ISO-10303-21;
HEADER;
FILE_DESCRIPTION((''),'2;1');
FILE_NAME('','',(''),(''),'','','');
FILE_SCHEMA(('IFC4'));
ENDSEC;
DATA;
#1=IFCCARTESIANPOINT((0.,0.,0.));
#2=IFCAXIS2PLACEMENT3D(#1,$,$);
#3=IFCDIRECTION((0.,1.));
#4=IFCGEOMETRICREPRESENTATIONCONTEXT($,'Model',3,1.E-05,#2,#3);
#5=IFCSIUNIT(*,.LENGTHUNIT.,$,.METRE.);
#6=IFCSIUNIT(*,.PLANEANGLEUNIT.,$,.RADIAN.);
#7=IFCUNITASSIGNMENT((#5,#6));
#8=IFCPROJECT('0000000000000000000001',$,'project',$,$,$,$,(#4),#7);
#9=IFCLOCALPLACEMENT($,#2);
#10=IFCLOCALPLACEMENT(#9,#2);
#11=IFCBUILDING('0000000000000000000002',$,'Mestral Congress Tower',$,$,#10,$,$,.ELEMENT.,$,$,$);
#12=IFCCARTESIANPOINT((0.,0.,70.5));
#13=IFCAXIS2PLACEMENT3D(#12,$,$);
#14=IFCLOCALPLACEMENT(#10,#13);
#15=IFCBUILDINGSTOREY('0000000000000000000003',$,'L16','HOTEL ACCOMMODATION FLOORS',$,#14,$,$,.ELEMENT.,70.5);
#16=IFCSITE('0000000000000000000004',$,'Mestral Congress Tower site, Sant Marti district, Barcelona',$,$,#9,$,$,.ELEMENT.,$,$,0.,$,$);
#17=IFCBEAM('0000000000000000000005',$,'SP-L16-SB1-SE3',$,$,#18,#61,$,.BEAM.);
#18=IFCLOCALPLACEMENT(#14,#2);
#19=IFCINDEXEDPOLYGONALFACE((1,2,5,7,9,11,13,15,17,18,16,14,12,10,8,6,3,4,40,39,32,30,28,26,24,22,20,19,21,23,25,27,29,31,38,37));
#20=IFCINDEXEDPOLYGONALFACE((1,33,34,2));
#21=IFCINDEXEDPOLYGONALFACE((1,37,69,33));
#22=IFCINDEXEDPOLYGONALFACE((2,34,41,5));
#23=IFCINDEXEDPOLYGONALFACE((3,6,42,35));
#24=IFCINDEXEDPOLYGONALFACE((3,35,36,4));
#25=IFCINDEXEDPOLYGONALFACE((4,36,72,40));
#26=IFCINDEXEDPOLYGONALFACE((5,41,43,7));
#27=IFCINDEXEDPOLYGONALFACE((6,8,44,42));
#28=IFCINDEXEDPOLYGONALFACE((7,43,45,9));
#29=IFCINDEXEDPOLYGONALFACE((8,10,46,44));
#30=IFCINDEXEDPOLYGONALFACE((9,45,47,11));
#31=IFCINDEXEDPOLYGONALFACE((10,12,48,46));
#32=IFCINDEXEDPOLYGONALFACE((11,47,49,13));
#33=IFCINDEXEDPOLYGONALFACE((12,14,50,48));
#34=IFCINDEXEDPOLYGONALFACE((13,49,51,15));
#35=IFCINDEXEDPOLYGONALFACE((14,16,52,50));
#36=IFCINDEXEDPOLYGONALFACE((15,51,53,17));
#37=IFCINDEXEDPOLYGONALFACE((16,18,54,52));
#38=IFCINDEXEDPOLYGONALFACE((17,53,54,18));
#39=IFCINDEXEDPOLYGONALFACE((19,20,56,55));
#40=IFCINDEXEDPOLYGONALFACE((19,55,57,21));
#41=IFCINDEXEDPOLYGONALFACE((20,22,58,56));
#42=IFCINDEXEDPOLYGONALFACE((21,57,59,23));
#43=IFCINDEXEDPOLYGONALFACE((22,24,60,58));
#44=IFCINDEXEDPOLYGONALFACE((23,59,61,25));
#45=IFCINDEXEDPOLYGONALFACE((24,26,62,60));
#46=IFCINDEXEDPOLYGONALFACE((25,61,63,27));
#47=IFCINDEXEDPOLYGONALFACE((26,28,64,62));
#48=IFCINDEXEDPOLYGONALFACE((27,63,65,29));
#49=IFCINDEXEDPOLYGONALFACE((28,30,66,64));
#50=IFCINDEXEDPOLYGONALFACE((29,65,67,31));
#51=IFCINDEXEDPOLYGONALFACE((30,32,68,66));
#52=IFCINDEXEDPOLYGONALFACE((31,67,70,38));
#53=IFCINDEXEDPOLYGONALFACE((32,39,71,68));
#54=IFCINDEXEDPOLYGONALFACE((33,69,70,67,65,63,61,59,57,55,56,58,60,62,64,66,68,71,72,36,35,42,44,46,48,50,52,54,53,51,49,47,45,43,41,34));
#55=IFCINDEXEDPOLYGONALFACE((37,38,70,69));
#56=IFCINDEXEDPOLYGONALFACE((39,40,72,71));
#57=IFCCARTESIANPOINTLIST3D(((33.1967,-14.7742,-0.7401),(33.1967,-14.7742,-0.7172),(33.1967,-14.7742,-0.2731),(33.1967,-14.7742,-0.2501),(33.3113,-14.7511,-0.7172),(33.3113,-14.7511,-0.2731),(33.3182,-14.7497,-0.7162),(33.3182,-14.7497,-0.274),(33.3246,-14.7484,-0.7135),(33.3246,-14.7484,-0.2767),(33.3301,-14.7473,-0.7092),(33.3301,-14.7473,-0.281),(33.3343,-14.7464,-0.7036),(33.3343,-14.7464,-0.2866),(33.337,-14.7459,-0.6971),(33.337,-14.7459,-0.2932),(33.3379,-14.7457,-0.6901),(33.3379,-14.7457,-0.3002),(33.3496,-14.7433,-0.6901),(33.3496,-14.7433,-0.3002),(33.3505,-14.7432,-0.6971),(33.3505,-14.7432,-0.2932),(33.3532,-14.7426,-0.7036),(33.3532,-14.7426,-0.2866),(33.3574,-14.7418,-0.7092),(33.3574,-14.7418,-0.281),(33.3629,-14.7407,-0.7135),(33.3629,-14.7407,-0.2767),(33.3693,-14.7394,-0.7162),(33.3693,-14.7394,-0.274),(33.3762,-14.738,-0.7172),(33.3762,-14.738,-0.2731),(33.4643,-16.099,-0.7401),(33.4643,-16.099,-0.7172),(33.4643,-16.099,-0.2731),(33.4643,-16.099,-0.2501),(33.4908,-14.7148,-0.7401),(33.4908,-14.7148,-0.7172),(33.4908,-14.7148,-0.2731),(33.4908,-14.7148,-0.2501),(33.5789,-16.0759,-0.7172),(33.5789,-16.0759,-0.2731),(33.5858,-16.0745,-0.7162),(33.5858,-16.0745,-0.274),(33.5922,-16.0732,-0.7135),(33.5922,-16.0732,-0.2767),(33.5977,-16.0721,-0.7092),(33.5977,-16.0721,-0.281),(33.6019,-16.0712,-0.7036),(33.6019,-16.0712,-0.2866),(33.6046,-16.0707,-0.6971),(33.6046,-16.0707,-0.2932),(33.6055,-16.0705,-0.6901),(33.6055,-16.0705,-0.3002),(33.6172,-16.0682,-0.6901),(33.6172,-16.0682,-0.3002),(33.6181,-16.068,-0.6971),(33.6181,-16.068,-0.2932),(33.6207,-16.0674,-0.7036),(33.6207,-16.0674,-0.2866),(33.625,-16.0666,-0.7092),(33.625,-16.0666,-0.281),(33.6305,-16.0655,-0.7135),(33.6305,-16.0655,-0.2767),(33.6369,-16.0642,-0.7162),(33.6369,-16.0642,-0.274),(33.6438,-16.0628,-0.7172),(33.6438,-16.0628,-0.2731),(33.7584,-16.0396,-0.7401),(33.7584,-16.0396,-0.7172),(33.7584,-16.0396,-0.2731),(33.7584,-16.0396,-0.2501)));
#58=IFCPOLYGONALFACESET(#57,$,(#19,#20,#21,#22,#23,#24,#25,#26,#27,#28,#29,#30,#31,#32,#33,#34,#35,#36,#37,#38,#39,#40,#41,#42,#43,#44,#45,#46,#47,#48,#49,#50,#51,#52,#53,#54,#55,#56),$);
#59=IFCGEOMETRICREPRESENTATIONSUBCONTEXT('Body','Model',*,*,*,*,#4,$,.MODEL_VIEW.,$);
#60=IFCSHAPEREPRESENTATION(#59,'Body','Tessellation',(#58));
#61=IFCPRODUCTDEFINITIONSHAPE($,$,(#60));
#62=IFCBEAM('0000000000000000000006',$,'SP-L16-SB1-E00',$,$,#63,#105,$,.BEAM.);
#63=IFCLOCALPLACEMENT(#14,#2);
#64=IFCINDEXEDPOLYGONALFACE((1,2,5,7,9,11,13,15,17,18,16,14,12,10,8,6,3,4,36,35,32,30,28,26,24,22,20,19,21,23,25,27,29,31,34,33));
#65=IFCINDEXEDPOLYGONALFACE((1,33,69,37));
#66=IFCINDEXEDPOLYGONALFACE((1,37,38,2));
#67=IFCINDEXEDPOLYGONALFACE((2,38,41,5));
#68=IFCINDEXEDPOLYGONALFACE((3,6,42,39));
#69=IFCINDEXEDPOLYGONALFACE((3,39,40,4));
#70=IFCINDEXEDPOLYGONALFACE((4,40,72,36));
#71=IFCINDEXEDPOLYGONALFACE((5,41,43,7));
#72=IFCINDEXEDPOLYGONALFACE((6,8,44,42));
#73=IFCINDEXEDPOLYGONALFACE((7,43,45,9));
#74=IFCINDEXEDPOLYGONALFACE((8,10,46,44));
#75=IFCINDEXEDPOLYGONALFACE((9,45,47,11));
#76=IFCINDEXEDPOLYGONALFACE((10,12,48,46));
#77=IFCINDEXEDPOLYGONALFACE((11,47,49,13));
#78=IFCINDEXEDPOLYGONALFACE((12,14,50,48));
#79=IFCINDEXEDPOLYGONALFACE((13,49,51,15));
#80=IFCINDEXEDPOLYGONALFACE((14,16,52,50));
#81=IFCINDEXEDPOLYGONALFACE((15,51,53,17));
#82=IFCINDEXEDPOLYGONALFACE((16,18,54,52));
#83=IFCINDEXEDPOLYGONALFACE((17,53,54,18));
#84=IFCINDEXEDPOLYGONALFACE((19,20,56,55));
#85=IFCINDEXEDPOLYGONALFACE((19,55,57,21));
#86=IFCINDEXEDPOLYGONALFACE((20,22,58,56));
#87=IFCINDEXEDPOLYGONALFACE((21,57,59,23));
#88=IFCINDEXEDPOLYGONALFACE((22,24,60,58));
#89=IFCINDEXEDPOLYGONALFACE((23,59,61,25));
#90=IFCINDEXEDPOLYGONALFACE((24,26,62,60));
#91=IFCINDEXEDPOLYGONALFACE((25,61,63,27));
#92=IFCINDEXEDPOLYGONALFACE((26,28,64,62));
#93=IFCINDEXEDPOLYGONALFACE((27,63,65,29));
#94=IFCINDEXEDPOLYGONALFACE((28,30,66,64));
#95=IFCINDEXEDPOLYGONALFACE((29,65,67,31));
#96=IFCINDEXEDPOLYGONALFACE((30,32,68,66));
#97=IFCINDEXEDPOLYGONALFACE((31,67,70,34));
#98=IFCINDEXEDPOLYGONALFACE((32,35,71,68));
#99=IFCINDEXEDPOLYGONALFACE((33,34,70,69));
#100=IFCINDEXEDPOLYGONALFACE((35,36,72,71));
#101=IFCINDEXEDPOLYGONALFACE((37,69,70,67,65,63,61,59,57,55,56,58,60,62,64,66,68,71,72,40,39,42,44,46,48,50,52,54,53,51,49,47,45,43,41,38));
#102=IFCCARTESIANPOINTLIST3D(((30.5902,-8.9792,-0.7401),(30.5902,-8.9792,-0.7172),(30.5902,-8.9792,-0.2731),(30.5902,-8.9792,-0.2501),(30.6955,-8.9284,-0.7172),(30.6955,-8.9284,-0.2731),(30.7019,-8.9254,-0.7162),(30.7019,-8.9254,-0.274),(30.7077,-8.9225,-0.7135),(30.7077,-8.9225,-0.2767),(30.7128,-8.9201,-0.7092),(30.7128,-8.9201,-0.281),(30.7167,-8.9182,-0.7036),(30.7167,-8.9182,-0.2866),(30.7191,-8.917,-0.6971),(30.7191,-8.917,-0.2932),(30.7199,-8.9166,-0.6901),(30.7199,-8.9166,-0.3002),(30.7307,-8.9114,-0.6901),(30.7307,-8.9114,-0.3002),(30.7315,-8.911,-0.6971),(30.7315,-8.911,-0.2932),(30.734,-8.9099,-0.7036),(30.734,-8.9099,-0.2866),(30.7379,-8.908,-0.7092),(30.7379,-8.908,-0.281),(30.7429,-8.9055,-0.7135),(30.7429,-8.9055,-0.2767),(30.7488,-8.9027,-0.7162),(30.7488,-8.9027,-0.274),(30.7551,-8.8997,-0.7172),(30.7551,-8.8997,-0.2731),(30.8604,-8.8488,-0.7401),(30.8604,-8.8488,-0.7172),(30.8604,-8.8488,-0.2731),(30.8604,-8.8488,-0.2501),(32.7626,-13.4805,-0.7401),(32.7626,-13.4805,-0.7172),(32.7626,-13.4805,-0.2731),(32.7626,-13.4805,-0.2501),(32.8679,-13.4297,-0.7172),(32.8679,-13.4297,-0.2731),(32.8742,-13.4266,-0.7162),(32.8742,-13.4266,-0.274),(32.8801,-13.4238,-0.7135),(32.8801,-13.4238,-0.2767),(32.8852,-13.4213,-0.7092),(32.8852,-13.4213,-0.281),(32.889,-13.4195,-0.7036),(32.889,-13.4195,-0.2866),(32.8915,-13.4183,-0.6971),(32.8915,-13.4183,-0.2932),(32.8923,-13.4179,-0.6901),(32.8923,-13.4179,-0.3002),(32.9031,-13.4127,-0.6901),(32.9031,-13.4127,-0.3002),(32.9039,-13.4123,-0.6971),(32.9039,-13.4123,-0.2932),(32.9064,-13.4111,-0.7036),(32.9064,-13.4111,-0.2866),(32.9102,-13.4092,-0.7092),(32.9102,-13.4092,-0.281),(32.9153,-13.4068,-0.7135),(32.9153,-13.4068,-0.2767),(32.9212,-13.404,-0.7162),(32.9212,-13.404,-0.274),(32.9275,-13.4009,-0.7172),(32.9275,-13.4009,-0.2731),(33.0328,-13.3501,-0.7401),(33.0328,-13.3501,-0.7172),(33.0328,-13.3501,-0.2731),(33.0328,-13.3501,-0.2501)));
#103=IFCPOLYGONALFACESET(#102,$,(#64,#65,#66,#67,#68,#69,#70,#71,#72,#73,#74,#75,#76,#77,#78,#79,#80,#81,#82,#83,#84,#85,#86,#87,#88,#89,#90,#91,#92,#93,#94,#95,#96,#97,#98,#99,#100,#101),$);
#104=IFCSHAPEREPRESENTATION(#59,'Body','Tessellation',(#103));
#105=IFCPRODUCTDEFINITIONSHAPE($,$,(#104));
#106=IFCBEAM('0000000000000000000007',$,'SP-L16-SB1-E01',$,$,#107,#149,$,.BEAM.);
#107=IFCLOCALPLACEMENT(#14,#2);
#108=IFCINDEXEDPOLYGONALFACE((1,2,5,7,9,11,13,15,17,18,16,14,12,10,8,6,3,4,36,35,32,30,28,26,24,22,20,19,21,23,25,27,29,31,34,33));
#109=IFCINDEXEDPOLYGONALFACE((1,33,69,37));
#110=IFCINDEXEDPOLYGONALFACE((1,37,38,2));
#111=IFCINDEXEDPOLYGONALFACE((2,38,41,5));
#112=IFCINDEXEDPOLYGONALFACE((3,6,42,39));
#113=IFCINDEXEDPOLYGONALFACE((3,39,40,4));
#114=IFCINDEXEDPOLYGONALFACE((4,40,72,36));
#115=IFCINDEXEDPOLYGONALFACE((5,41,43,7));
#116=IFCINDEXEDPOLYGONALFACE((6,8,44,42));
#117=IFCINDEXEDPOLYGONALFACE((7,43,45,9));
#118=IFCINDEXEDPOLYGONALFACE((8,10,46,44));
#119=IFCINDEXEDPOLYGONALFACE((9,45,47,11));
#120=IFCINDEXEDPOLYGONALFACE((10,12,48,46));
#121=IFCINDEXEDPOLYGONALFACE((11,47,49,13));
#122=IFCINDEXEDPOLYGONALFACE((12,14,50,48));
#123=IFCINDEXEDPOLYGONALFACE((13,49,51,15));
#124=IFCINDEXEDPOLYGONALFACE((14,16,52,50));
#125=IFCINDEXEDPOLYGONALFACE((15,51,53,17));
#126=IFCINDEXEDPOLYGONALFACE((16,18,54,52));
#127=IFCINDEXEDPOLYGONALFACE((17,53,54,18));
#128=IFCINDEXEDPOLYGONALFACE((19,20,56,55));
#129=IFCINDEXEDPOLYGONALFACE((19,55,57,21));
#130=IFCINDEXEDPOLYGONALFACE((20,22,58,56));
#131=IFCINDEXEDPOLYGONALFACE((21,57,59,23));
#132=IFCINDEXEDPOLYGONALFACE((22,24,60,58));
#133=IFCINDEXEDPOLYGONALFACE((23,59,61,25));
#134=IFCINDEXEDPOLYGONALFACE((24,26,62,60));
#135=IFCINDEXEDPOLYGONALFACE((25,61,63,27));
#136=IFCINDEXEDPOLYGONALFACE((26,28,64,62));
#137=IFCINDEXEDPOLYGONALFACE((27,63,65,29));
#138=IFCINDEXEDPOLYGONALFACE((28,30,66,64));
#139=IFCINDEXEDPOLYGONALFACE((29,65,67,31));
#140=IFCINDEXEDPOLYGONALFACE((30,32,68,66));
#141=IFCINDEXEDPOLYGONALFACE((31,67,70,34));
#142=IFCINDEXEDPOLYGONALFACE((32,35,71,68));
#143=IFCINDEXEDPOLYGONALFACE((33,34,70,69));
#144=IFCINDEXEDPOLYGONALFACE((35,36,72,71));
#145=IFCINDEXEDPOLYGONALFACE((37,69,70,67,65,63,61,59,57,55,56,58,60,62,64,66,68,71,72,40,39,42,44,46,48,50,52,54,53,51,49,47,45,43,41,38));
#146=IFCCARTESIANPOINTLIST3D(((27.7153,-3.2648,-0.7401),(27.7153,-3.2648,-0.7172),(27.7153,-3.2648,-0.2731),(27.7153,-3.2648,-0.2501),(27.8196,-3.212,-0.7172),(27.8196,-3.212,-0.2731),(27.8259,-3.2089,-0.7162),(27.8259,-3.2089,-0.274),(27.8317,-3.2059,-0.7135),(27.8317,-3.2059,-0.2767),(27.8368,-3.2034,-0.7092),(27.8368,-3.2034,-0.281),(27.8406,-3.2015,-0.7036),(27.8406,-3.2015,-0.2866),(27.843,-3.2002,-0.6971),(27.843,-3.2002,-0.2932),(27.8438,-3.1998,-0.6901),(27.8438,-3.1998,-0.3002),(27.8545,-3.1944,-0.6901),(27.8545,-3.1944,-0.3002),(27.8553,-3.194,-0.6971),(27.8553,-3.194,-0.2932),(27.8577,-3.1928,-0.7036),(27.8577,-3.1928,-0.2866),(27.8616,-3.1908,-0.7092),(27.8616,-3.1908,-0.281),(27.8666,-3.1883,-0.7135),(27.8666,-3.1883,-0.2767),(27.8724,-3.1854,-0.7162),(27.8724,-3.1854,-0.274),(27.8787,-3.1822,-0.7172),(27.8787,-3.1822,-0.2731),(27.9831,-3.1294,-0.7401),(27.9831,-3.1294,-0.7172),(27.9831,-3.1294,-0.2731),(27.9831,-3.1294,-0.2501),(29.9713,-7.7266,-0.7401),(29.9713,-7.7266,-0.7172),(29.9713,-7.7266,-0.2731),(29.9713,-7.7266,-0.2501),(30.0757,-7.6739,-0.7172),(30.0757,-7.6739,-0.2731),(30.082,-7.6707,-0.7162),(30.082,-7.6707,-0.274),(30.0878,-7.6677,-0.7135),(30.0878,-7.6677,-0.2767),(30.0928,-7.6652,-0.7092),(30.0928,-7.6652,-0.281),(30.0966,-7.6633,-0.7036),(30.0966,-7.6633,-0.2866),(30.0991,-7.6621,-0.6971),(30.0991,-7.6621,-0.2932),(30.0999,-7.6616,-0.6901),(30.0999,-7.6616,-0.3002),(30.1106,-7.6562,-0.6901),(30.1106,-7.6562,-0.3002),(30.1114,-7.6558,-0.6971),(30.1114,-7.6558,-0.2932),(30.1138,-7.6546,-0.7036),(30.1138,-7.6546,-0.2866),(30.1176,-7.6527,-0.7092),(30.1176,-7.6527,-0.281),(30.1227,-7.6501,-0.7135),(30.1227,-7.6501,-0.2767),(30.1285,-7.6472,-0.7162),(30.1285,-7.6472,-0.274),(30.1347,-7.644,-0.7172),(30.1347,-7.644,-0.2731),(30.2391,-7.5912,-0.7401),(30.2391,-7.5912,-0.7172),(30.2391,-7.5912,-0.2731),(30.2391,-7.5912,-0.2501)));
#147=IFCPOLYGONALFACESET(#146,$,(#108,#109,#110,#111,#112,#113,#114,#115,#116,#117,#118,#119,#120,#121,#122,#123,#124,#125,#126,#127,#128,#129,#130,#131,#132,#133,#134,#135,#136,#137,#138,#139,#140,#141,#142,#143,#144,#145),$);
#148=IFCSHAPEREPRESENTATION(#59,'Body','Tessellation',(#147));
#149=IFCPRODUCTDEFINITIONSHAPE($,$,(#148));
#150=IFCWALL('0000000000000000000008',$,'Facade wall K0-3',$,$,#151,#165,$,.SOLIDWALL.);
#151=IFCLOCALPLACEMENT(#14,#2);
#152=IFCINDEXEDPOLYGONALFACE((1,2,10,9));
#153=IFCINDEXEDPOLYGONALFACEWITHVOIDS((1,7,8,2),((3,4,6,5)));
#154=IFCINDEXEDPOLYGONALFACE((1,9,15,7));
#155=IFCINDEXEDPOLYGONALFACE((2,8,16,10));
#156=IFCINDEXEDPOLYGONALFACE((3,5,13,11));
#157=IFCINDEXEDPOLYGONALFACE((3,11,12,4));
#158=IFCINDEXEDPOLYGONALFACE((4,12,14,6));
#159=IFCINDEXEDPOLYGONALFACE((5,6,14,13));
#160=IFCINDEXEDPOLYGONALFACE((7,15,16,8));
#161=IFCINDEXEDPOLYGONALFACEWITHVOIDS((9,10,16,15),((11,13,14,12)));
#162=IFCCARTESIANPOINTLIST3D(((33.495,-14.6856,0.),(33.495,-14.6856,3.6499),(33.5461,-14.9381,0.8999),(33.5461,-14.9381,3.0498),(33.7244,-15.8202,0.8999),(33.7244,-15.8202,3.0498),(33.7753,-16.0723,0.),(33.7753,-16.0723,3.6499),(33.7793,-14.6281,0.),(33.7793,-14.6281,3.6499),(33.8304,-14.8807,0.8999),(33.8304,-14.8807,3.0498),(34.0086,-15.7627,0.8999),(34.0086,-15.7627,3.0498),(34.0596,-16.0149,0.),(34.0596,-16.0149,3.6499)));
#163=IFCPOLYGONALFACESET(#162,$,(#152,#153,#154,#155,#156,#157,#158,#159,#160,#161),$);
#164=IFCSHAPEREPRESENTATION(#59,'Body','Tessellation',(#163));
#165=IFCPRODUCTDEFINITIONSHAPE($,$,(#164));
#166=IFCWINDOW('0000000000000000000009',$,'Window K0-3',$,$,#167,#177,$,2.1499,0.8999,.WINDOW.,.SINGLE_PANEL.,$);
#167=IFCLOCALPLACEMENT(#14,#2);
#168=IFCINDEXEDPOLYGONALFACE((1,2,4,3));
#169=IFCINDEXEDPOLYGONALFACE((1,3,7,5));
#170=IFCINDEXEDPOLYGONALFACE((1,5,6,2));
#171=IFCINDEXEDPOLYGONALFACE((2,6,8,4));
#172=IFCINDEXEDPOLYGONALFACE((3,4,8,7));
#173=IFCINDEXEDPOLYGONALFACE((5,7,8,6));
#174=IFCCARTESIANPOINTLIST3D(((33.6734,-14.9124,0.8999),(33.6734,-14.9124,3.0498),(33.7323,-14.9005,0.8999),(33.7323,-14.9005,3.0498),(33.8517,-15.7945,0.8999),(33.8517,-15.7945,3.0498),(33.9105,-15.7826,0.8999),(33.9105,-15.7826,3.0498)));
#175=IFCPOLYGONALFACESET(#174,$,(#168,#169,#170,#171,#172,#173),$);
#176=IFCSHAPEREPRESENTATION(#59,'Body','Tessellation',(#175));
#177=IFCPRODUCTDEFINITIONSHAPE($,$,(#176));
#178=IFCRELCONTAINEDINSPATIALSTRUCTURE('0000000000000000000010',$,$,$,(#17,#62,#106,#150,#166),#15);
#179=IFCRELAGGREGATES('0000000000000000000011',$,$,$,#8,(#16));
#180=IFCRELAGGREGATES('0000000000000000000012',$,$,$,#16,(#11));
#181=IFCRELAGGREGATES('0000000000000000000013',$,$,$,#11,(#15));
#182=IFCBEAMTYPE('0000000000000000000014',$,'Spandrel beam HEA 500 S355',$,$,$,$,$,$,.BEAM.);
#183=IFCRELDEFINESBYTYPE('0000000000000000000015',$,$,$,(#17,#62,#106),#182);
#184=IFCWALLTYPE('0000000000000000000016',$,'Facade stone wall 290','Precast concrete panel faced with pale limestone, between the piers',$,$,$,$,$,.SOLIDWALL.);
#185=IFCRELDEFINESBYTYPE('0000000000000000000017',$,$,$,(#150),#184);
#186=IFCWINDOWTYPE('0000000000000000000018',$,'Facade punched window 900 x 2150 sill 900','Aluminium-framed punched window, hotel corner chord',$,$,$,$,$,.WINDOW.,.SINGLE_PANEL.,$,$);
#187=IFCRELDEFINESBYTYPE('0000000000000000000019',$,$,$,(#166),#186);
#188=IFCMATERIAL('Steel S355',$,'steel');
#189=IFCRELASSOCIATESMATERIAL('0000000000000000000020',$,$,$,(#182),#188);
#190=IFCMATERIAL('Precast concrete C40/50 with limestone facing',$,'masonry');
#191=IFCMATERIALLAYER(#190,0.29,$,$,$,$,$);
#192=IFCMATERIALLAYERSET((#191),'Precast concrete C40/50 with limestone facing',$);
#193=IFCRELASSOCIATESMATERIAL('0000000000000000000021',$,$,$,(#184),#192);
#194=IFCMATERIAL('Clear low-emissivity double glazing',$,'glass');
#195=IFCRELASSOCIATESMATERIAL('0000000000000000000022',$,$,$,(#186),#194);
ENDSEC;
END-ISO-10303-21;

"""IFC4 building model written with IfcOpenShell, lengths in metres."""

from ifc_helpers import new_model, si_unit, direction, frame, frame_2d, origin, origin_2d, place, context, subcontext, project, spatial, rectangle, i_section, extrude, material, layer, layer_set, material_profile, profile_set, type_object, element, fill, save


model = new_model("IFC4")

# Units and contexts
model_context = context("Model", 3, precision=1e-05, world=origin(), true_north=direction((0.0, 1.0)))
body_context = subcontext(model_context, "Body", "Model", "MODEL_VIEW")
ifc_project = project(units=[si_unit("LENGTHUNIT", "METRE"), si_unit("PLANEANGLEUNIT", "RADIAN")], contexts=[model_context])

# Site, building, storey
site_placement = place(None, origin())
site = spatial("IfcSite", under=ifc_project, at=site_placement, Name="Mestral Congress Tower site, Sant Marti district, Barcelona", CompositionType="ELEMENT", RefElevation=0.0)
building_placement = place(site_placement, origin())
building = spatial("IfcBuilding", under=site, at=building_placement, Name="Mestral Congress Tower", CompositionType="ELEMENT")
storey_placement = place(building_placement, frame((0.0, 0.0, 70.5)))
storey = spatial("IfcBuildingStorey", under=building, at=storey_placement, Name="L16", Description="HOTEL ACCOMMODATION FLOORS", CompositionType="ELEMENT", Elevation=70.5)

# Beams
ifc_material_1 = material(Name="Steel S355", Category="steel")
ifc_material_profile_1 = material_profile(ifc_material_1, i_section(OverallWidth=0.3, OverallDepth=0.49, WebThickness=0.012, FlangeThickness=0.0229, FilletRadius=0.0271, at=origin_2d()), Name="HEA 500")
ifc_profile_set_1 = profile_set([ifc_material_profile_1], Name="Steel S355")
beam_type_1 = type_object("IfcBeamType", Name="Spandrel beam HEA 500 S355", PredefinedType="BEAM", material=ifc_profile_set_1)
beam_1_placement = place(storey_placement, frame((33.6113, -16.0693, -0.4951), z_axis=(-0.197992, 0.980204, 0.0), x_axis=(-0.980204, -0.197992, 0.0)))
element("IfcBeam", 1, at=beam_1_placement, inside=storey, type_object=beam_type_1, Name="SP-L16-SB1-SE3", PredefinedType="BEAM", context=body_context, shape_type="SweptSolid", body=[
    extrude(i_section(OverallWidth=0.3, OverallDepth=0.49, WebThickness=0.012, FlangeThickness=0.0229, FilletRadius=0.0271, at=origin_2d()), origin(), (0.0, 0.0, 1.0), 1.3516),
])
beam_2_placement = place(storey_placement, frame((32.8977, -13.4153, -0.4951), z_axis=(-0.434645, 0.900602, 0.0), x_axis=(-0.900602, -0.434645, 0.0)))
element("IfcBeam", 2, at=beam_2_placement, inside=storey, type_object=beam_type_1, Name="SP-L16-SB1-E00", PredefinedType="BEAM", context=body_context, shape_type="SweptSolid", body=[
    extrude(i_section(OverallWidth=0.3, OverallDepth=0.49, WebThickness=0.012, FlangeThickness=0.0229, FilletRadius=0.0271, at=origin_2d()), origin(), (0.0, 0.0, 1.0), 4.998),
])
beam_3_placement = place(storey_placement, frame((30.1052, -7.6589, -0.4951), z_axis=(-0.451233, 0.892406, 0.0), x_axis=(-0.892406, -0.451233, 0.0)))
element("IfcBeam", 3, at=beam_3_placement, inside=storey, type_object=beam_type_1, Name="SP-L16-SB1-E01", PredefinedType="BEAM", context=body_context, shape_type="SweptSolid", body=[
    extrude(i_section(OverallWidth=0.3, OverallDepth=0.49, WebThickness=0.012, FlangeThickness=0.0229, FilletRadius=0.0271, at=origin_2d()), origin(), (0.0, 0.0, 1.0), 4.9998),
])

# Wall, opening, window
ifc_material_2 = material(Name="Precast concrete C40/50 with limestone facing", Category="masonry")
ifc_layer_1 = layer(ifc_material_2, 0.29)
ifc_layer_set_1 = layer_set([ifc_layer_1], Name="Precast concrete C40/50 with limestone facing")
wall_type_1 = type_object("IfcWallType", Name="Facade stone wall 290", Description="Precast concrete panel faced with pale limestone, between the piers", PredefinedType="SOLIDWALL", material=ifc_layer_set_1)
wall_1_placement = place(storey_placement, frame((33.9175, -16.0437, 0.0), z_axis=(0.0, 0.0, 1.0), x_axis=(-0.198107, 0.98018, 0.0)))
wall_1 = element("IfcWall", 4, at=wall_1_placement, inside=storey, type_object=wall_type_1, Name="Facade wall K0-3", PredefinedType="SOLIDWALL", context=body_context, shape_type="SweptSolid", body=[
    extrude(rectangle(XDim=1.4148, YDim=0.29, at=frame_2d((0.7075, 0.0))), origin(), (0.0, 0.0, 1.0), 3.6499),
])
opening_1_placement = place(wall_1_placement, frame((0.2573, 0.0, 0.8999)))
opening_1 = element("IfcOpeningElement", 5, at=opening_1_placement, cuts=wall_1, PredefinedType="OPENING", context=body_context, shape_type="SweptSolid", body=[
    extrude(rectangle(XDim=0.8999, YDim=2.1499, at=frame_2d((0.45, 1.075))), frame((0.0, 0.155, 0.0), z_axis=(0.0, -1.0, 0.0), x_axis=(1.0, 0.0, 0.0)), (0.0, 0.0, 1.0), 0.3101),
])
ifc_material_3 = material(Name="Clear low-emissivity double glazing", Category="glass")
window_type_1 = type_object("IfcWindowType", Name="Facade punched window 900 x 2150 sill 900", Description="Aluminium-framed punched window, hotel corner chord", PartitioningType="SINGLE_PANEL", PredefinedType="WINDOW", material=ifc_material_3)
window_1_placement = place(opening_1_placement, origin())
window_1 = element("IfcWindow", 6, at=window_1_placement, inside=storey, type_object=window_type_1, Name="Window K0-3", OverallHeight=2.1499, OverallWidth=0.8999, PartitioningType="SINGLE_PANEL", PredefinedType="WINDOW", context=body_context, shape_type="SweptSolid", body=[
    extrude(rectangle(XDim=0.8999, YDim=2.1499, at=frame_2d((0.45, 1.075))), frame((0.0, 0.0151, 0.0), z_axis=(0.0, -1.0, 0.0), x_axis=(1.0, 0.0, 0.0)), (0.0, 0.0, 1.0), 0.0601),
])
fill(opening_1, window_1)

save(model, "model.ifc")
